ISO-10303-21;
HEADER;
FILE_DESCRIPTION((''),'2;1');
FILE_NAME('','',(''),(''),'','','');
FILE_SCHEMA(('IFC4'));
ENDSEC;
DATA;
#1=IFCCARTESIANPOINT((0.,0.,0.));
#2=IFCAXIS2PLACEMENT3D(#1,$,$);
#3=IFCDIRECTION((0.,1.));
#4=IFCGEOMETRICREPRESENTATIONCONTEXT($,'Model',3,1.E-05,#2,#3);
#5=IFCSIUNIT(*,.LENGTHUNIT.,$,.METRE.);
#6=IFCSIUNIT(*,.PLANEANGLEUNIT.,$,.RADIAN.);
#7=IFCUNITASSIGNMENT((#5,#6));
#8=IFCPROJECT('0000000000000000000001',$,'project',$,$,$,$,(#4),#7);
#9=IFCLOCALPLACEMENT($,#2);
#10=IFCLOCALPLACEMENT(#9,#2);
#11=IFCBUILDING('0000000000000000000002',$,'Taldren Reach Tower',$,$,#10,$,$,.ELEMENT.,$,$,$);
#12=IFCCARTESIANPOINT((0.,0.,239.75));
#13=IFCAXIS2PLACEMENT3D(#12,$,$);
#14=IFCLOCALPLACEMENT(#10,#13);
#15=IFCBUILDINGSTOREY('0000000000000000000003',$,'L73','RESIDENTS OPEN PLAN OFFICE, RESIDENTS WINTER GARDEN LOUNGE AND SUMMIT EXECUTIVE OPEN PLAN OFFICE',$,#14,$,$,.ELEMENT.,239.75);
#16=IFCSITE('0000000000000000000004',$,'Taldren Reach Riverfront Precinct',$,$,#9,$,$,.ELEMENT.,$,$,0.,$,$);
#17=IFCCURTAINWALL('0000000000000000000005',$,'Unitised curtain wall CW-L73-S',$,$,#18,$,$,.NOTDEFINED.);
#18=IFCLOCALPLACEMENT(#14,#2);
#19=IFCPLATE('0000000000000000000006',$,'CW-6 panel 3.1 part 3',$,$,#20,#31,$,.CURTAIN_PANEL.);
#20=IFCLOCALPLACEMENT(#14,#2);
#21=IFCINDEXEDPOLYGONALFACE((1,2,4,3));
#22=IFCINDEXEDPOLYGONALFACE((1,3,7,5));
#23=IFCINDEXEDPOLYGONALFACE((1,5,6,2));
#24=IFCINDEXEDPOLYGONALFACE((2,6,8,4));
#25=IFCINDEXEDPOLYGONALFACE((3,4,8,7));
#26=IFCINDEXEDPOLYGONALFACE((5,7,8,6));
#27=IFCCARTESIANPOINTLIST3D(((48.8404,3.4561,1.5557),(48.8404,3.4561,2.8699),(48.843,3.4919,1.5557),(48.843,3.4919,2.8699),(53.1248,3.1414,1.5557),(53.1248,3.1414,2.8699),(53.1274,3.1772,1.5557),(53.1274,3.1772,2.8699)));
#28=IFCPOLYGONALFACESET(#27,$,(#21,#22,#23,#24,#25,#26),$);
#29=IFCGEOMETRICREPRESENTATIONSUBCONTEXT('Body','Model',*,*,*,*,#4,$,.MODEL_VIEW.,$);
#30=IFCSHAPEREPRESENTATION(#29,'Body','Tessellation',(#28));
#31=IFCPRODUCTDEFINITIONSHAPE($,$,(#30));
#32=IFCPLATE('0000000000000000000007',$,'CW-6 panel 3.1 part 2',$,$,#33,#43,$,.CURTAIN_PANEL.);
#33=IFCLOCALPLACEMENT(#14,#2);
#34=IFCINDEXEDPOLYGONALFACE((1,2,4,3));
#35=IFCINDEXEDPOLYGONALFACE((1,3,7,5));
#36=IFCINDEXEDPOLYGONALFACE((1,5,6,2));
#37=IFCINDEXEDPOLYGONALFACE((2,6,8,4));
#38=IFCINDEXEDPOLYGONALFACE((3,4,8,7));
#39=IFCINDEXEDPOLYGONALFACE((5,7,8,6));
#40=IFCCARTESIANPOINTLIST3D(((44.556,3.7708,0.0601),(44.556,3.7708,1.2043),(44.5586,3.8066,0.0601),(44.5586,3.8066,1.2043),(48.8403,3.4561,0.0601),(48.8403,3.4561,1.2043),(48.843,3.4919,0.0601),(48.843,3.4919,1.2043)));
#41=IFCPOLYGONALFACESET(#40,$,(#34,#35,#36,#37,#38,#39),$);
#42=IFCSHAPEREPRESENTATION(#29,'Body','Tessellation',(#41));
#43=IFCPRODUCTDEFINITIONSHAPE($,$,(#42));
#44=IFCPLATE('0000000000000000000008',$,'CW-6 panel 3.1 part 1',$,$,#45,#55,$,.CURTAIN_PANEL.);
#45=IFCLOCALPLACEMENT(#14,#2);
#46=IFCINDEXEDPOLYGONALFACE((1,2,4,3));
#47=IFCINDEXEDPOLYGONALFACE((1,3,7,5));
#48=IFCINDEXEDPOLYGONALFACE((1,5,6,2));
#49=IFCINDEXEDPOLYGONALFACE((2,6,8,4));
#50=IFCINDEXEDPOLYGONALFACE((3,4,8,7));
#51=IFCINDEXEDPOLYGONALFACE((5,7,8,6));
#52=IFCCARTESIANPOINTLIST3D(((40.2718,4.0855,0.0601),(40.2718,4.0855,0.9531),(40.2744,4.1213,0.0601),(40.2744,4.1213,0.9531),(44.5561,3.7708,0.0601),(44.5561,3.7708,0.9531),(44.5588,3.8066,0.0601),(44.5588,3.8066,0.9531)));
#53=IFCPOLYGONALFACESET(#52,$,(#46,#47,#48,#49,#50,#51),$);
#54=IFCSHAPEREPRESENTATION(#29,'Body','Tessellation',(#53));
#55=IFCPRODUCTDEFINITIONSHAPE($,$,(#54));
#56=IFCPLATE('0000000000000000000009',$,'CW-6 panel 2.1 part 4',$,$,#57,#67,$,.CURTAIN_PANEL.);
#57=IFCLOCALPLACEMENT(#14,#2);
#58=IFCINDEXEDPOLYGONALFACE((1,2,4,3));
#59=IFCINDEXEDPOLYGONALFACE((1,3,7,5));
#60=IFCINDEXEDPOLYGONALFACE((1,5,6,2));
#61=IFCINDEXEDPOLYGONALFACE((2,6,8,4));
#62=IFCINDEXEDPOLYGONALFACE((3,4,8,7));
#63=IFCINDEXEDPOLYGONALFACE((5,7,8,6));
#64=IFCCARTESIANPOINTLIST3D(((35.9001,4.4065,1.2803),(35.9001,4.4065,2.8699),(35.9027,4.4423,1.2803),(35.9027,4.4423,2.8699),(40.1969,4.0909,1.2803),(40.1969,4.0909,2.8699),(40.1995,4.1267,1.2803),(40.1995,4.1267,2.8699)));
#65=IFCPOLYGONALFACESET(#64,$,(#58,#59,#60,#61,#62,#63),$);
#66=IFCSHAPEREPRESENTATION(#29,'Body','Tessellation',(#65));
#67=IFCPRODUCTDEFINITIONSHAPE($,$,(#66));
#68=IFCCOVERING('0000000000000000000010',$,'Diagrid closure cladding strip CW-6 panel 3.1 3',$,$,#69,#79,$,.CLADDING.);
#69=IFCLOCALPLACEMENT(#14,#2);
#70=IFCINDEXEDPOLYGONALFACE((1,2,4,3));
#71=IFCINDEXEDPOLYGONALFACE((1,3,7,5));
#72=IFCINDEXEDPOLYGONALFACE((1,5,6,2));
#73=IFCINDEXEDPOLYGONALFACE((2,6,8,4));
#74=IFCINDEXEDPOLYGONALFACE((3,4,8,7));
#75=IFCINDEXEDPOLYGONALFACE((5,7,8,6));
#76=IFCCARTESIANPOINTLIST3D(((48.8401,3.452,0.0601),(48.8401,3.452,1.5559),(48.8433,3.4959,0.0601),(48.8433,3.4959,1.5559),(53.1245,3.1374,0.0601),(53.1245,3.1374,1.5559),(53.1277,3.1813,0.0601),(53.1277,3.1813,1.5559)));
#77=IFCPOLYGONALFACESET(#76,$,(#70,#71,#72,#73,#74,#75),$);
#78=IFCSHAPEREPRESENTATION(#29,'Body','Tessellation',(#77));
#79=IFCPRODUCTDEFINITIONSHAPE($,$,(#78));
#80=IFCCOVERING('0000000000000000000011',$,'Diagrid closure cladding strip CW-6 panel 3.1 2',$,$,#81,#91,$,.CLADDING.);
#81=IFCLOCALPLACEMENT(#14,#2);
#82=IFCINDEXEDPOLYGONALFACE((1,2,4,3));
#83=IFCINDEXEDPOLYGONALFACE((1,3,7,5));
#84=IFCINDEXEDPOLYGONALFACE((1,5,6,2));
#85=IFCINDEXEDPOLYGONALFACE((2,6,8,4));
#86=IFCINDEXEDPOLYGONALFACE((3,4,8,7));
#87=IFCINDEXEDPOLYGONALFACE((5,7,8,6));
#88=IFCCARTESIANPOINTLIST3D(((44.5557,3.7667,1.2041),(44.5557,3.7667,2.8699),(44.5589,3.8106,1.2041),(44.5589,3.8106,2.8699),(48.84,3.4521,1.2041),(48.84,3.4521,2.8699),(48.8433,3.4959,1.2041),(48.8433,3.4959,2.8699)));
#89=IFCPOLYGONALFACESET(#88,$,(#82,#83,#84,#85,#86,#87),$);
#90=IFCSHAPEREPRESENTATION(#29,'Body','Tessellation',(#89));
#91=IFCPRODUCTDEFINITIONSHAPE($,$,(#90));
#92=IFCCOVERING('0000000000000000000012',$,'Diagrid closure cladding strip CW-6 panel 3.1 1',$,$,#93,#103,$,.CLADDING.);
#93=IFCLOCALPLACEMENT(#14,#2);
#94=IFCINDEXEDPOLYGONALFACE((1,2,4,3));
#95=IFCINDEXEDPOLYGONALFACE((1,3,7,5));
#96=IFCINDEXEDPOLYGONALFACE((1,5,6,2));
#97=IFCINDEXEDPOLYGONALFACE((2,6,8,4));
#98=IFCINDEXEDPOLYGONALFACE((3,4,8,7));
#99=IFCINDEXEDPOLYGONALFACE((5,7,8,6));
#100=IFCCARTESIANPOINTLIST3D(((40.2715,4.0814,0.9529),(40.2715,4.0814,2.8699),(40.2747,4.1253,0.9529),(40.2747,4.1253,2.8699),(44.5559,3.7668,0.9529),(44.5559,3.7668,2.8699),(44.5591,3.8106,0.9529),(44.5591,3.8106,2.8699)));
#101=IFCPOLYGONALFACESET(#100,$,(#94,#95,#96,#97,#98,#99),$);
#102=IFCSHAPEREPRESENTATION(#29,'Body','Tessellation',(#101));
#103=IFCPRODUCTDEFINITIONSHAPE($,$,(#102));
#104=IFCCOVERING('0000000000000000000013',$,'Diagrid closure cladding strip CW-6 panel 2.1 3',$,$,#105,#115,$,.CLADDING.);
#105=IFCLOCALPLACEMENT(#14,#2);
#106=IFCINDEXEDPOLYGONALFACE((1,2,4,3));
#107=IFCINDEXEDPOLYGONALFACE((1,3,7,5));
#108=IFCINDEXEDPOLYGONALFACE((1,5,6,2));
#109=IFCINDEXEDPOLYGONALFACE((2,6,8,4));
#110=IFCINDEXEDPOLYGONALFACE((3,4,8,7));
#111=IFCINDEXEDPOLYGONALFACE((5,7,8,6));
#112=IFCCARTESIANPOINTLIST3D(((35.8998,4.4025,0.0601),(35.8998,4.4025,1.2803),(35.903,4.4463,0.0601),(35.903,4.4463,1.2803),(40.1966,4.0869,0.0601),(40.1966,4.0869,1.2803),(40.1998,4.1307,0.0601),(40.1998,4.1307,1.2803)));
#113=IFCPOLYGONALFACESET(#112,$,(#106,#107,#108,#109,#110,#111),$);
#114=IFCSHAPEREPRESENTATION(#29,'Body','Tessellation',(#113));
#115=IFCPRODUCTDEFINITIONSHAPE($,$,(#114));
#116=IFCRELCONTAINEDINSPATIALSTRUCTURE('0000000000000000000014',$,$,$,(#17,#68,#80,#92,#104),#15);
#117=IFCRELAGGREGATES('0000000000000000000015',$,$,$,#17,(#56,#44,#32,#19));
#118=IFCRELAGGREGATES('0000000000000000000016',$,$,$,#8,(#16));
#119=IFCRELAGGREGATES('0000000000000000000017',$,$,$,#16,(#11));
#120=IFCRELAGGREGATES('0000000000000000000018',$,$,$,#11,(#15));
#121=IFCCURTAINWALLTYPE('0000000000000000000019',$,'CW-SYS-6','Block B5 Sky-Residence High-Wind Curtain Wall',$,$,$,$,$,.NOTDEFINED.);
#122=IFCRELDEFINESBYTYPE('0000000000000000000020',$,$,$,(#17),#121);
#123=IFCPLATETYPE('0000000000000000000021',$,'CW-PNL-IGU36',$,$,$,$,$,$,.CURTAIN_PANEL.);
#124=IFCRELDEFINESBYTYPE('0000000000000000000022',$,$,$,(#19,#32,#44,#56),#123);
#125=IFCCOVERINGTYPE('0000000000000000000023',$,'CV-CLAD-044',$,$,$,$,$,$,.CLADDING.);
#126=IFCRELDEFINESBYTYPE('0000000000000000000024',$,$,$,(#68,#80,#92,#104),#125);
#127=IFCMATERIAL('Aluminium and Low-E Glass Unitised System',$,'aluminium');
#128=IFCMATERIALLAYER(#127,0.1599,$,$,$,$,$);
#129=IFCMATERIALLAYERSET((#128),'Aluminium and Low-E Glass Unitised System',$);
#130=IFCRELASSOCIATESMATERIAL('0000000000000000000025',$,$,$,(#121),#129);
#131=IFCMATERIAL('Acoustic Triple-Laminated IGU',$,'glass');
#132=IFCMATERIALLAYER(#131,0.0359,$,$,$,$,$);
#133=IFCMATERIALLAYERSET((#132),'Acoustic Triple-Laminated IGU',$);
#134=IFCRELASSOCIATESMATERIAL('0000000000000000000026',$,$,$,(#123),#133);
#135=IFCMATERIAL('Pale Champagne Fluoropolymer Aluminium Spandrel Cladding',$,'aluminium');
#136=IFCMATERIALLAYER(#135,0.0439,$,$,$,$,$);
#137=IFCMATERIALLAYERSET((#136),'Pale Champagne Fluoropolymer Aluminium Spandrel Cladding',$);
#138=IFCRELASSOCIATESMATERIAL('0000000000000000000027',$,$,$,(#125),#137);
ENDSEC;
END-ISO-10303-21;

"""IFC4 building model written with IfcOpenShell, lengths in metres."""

from ifc_helpers import new_model, si_unit, direction, frame, origin, origin_2d, place, context, subcontext, project, spatial, rectangle, extrude, source, transform, mapped, material, layer, layer_set, type_object, element, aggregate, save


model = new_model("IFC4")

# Units and contexts
model_context = context("Model", 3, precision=1e-05, world=origin(), true_north=direction((0.0, 1.0)))
body_context = subcontext(model_context, "Body", "Model", "MODEL_VIEW")
ifc_project = project(units=[si_unit("LENGTHUNIT", "METRE"), si_unit("PLANEANGLEUNIT", "RADIAN")], contexts=[model_context])

# Site, building, storey
site_placement = place(None, origin())
site = spatial("IfcSite", under=ifc_project, at=site_placement, Name="Taldren Reach Riverfront Precinct", CompositionType="ELEMENT", RefElevation=0.0)
building_placement = place(site_placement, origin())
building = spatial("IfcBuilding", under=site, at=building_placement, Name="Taldren Reach Tower", CompositionType="ELEMENT")
storey_placement = place(building_placement, frame((0.0, 0.0, 239.75)))
storey = spatial("IfcBuildingStorey", under=building, at=storey_placement, Name="L73", Description="RESIDENTS OPEN PLAN OFFICE, RESIDENTS WINTER GARDEN LOUNGE AND SUMMIT EXECUTIVE OPEN PLAN OFFICE", CompositionType="ELEMENT", Elevation=239.75)

# Curtain wall
ifc_material_1 = material(Name="Aluminium and Low-E Glass Unitised System", Category="aluminium")
ifc_layer_1 = layer(ifc_material_1, 0.1599)
ifc_layer_set_1 = layer_set([ifc_layer_1], Name="Aluminium and Low-E Glass Unitised System")
curtain_wall_type = type_object("IfcCurtainWallType", Name="CW-SYS-6", Description="Block B5 Sky-Residence High-Wind Curtain Wall", PredefinedType="NOTDEFINED", material=ifc_layer_set_1)
curtain_wall_placement = place(storey_placement, origin())
curtain_wall = element("IfcCurtainWall", 1, at=curtain_wall_placement, inside=storey, type_object=curtain_wall_type, Name="Unitised curtain wall CW-L73-S", PredefinedType="NOTDEFINED")

# Plates
ifc_material_2 = material(Name="Acoustic Triple-Laminated IGU", Category="glass")
ifc_layer_2 = layer(ifc_material_2, 0.0359)
ifc_layer_set_2 = layer_set([ifc_layer_2], Name="Acoustic Triple-Laminated IGU")
plate_type_1 = type_object("IfcPlateType", Name="CW-PNL-IGU36", PredefinedType="CURTAIN_PANEL", material=ifc_layer_set_2)
shared_shape_1 = source(origin(), body_context, "Body", "SweptSolid", [
    extrude(rectangle(XDim=4.2959, YDim=0.0359, at=origin_2d()), origin(), (0.0, 0.0, 1.0), 1.3142),
])
plate_1_placement = place(storey_placement, frame((50.9839, 3.3167, 1.5557), z_axis=(0.0, 0.0, 1.0), x_axis=(0.997314, -0.073238, 0.0)))
plate_1 = element("IfcPlate", 2, at=plate_1_placement, type_object=plate_type_1, Name="CW-6 panel 3.1 part 3", PredefinedType="CURTAIN_PANEL", context=body_context, shape_type="MappedRepresentation", body=[
    mapped(shared_shape_1, transform((0.0, 0.0, 0.0), scale=1.0)),
])
shared_shape_2 = source(origin(), body_context, "Body", "SweptSolid", [
    extrude(rectangle(XDim=4.2959, YDim=0.0359, at=origin_2d()), origin(), (0.0, 0.0, 1.0), 1.1443),
])
plate_2_placement = place(storey_placement, frame((46.6995, 3.6313, 0.0601), z_axis=(0.0, 0.0, 1.0), x_axis=(0.997314, -0.073238, 0.0)))
plate_2 = element("IfcPlate", 3, at=plate_2_placement, type_object=plate_type_1, Name="CW-6 panel 3.1 part 2", PredefinedType="CURTAIN_PANEL", context=body_context, shape_type="MappedRepresentation", body=[
    mapped(shared_shape_2, transform((0.0, 0.0, 0.0), scale=1.0)),
])
shared_shape_3 = source(origin(), body_context, "Body", "SweptSolid", [
    extrude(rectangle(XDim=4.2959, YDim=0.0359, at=origin_2d()), origin(), (0.0, 0.0, 1.0), 0.8931),
])
plate_3_placement = place(storey_placement, frame((42.4153, 3.946, 0.0601), z_axis=(0.0, 0.0, 1.0), x_axis=(0.997314, -0.073238, 0.0)))
plate_3 = element("IfcPlate", 4, at=plate_3_placement, type_object=plate_type_1, Name="CW-6 panel 3.1 part 1", PredefinedType="CURTAIN_PANEL", context=body_context, shape_type="MappedRepresentation", body=[
    mapped(shared_shape_3, transform((0.0, 0.0, 0.0), scale=1.0)),
])
shared_shape_4 = source(origin(), body_context, "Body", "SweptSolid", [
    extrude(rectangle(XDim=4.3083, YDim=0.0359, at=origin_2d()), origin(), (0.0, 0.0, 1.0), 1.5896),
])
plate_4_placement = place(storey_placement, frame((38.0498, 4.2666, 1.2803), z_axis=(0.0, 0.0, 1.0), x_axis=(0.997314, -0.073238, 0.0)))
plate_4 = element("IfcPlate", 5, at=plate_4_placement, type_object=plate_type_1, Name="CW-6 panel 2.1 part 4", PredefinedType="CURTAIN_PANEL", context=body_context, shape_type="MappedRepresentation", body=[
    mapped(shared_shape_4, transform((0.0, 0.0, 0.0), scale=1.0)),
])
aggregate(curtain_wall, [plate_4, plate_3, plate_2, plate_1])

# Coverings
ifc_material_3 = material(Name="Pale Champagne Fluoropolymer Aluminium Spandrel Cladding", Category="aluminium")
ifc_layer_3 = layer(ifc_material_3, 0.0439)
ifc_layer_set_3 = layer_set([ifc_layer_3], Name="Pale Champagne Fluoropolymer Aluminium Spandrel Cladding")
covering_type = type_object("IfcCoveringType", Name="CV-CLAD-044", PredefinedType="CLADDING", material=ifc_layer_set_3)
shared_shape_5 = source(origin(), body_context, "Body", "SweptSolid", [
    extrude(rectangle(XDim=4.2959, YDim=0.0439, at=origin_2d()), origin(), (0.0, 0.0, 1.0), 1.4958),
])
covering_1_placement = place(storey_placement, frame((50.9839, 3.3167, 0.0601), z_axis=(0.0, 0.0, 1.0), x_axis=(0.997314, -0.073238, 0.0)))
element("IfcCovering", 6, at=covering_1_placement, inside=storey, type_object=covering_type, Name="Diagrid closure cladding strip CW-6 panel 3.1 3", PredefinedType="CLADDING", context=body_context, shape_type="MappedRepresentation", body=[
    mapped(shared_shape_5, transform((0.0, 0.0, 0.0), scale=1.0)),
])
shared_shape_6 = source(origin(), body_context, "Body", "SweptSolid", [
    extrude(rectangle(XDim=4.2959, YDim=0.0439, at=origin_2d()), origin(), (0.0, 0.0, 1.0), 1.6658),
])
covering_2_placement = place(storey_placement, frame((46.6995, 3.6313, 1.2041), z_axis=(0.0, 0.0, 1.0), x_axis=(0.997314, -0.073238, 0.0)))
element("IfcCovering", 7, at=covering_2_placement, inside=storey, type_object=covering_type, Name="Diagrid closure cladding strip CW-6 panel 3.1 2", PredefinedType="CLADDING", context=body_context, shape_type="MappedRepresentation", body=[
    mapped(shared_shape_6, transform((0.0, 0.0, 0.0), scale=1.0)),
])
shared_shape_7 = source(origin(), body_context, "Body", "SweptSolid", [
    extrude(rectangle(XDim=4.2959, YDim=0.0439, at=origin_2d()), origin(), (0.0, 0.0, 1.0), 1.917),
])
covering_3_placement = place(storey_placement, frame((42.4153, 3.946, 0.9529), z_axis=(0.0, 0.0, 1.0), x_axis=(0.997314, -0.073238, 0.0)))
element("IfcCovering", 8, at=covering_3_placement, inside=storey, type_object=covering_type, Name="Diagrid closure cladding strip CW-6 panel 3.1 1", PredefinedType="CLADDING", context=body_context, shape_type="MappedRepresentation", body=[
    mapped(shared_shape_7, transform((0.0, 0.0, 0.0), scale=1.0)),
])
shared_shape_8 = source(origin(), body_context, "Body", "SweptSolid", [
    extrude(rectangle(XDim=4.3083, YDim=0.0439, at=origin_2d()), origin(), (0.0, 0.0, 1.0), 1.2202),
])
covering_4_placement = place(storey_placement, frame((38.0498, 4.2666, 0.0601), z_axis=(0.0, 0.0, 1.0), x_axis=(0.997314, -0.073238, 0.0)))
element("IfcCovering", 9, at=covering_4_placement, inside=storey, type_object=covering_type, Name="Diagrid closure cladding strip CW-6 panel 2.1 3", PredefinedType="CLADDING", context=body_context, shape_type="MappedRepresentation", body=[
    mapped(shared_shape_8, transform((0.0, 0.0, 0.0), scale=1.0)),
])

save(model, "model.ifc")
